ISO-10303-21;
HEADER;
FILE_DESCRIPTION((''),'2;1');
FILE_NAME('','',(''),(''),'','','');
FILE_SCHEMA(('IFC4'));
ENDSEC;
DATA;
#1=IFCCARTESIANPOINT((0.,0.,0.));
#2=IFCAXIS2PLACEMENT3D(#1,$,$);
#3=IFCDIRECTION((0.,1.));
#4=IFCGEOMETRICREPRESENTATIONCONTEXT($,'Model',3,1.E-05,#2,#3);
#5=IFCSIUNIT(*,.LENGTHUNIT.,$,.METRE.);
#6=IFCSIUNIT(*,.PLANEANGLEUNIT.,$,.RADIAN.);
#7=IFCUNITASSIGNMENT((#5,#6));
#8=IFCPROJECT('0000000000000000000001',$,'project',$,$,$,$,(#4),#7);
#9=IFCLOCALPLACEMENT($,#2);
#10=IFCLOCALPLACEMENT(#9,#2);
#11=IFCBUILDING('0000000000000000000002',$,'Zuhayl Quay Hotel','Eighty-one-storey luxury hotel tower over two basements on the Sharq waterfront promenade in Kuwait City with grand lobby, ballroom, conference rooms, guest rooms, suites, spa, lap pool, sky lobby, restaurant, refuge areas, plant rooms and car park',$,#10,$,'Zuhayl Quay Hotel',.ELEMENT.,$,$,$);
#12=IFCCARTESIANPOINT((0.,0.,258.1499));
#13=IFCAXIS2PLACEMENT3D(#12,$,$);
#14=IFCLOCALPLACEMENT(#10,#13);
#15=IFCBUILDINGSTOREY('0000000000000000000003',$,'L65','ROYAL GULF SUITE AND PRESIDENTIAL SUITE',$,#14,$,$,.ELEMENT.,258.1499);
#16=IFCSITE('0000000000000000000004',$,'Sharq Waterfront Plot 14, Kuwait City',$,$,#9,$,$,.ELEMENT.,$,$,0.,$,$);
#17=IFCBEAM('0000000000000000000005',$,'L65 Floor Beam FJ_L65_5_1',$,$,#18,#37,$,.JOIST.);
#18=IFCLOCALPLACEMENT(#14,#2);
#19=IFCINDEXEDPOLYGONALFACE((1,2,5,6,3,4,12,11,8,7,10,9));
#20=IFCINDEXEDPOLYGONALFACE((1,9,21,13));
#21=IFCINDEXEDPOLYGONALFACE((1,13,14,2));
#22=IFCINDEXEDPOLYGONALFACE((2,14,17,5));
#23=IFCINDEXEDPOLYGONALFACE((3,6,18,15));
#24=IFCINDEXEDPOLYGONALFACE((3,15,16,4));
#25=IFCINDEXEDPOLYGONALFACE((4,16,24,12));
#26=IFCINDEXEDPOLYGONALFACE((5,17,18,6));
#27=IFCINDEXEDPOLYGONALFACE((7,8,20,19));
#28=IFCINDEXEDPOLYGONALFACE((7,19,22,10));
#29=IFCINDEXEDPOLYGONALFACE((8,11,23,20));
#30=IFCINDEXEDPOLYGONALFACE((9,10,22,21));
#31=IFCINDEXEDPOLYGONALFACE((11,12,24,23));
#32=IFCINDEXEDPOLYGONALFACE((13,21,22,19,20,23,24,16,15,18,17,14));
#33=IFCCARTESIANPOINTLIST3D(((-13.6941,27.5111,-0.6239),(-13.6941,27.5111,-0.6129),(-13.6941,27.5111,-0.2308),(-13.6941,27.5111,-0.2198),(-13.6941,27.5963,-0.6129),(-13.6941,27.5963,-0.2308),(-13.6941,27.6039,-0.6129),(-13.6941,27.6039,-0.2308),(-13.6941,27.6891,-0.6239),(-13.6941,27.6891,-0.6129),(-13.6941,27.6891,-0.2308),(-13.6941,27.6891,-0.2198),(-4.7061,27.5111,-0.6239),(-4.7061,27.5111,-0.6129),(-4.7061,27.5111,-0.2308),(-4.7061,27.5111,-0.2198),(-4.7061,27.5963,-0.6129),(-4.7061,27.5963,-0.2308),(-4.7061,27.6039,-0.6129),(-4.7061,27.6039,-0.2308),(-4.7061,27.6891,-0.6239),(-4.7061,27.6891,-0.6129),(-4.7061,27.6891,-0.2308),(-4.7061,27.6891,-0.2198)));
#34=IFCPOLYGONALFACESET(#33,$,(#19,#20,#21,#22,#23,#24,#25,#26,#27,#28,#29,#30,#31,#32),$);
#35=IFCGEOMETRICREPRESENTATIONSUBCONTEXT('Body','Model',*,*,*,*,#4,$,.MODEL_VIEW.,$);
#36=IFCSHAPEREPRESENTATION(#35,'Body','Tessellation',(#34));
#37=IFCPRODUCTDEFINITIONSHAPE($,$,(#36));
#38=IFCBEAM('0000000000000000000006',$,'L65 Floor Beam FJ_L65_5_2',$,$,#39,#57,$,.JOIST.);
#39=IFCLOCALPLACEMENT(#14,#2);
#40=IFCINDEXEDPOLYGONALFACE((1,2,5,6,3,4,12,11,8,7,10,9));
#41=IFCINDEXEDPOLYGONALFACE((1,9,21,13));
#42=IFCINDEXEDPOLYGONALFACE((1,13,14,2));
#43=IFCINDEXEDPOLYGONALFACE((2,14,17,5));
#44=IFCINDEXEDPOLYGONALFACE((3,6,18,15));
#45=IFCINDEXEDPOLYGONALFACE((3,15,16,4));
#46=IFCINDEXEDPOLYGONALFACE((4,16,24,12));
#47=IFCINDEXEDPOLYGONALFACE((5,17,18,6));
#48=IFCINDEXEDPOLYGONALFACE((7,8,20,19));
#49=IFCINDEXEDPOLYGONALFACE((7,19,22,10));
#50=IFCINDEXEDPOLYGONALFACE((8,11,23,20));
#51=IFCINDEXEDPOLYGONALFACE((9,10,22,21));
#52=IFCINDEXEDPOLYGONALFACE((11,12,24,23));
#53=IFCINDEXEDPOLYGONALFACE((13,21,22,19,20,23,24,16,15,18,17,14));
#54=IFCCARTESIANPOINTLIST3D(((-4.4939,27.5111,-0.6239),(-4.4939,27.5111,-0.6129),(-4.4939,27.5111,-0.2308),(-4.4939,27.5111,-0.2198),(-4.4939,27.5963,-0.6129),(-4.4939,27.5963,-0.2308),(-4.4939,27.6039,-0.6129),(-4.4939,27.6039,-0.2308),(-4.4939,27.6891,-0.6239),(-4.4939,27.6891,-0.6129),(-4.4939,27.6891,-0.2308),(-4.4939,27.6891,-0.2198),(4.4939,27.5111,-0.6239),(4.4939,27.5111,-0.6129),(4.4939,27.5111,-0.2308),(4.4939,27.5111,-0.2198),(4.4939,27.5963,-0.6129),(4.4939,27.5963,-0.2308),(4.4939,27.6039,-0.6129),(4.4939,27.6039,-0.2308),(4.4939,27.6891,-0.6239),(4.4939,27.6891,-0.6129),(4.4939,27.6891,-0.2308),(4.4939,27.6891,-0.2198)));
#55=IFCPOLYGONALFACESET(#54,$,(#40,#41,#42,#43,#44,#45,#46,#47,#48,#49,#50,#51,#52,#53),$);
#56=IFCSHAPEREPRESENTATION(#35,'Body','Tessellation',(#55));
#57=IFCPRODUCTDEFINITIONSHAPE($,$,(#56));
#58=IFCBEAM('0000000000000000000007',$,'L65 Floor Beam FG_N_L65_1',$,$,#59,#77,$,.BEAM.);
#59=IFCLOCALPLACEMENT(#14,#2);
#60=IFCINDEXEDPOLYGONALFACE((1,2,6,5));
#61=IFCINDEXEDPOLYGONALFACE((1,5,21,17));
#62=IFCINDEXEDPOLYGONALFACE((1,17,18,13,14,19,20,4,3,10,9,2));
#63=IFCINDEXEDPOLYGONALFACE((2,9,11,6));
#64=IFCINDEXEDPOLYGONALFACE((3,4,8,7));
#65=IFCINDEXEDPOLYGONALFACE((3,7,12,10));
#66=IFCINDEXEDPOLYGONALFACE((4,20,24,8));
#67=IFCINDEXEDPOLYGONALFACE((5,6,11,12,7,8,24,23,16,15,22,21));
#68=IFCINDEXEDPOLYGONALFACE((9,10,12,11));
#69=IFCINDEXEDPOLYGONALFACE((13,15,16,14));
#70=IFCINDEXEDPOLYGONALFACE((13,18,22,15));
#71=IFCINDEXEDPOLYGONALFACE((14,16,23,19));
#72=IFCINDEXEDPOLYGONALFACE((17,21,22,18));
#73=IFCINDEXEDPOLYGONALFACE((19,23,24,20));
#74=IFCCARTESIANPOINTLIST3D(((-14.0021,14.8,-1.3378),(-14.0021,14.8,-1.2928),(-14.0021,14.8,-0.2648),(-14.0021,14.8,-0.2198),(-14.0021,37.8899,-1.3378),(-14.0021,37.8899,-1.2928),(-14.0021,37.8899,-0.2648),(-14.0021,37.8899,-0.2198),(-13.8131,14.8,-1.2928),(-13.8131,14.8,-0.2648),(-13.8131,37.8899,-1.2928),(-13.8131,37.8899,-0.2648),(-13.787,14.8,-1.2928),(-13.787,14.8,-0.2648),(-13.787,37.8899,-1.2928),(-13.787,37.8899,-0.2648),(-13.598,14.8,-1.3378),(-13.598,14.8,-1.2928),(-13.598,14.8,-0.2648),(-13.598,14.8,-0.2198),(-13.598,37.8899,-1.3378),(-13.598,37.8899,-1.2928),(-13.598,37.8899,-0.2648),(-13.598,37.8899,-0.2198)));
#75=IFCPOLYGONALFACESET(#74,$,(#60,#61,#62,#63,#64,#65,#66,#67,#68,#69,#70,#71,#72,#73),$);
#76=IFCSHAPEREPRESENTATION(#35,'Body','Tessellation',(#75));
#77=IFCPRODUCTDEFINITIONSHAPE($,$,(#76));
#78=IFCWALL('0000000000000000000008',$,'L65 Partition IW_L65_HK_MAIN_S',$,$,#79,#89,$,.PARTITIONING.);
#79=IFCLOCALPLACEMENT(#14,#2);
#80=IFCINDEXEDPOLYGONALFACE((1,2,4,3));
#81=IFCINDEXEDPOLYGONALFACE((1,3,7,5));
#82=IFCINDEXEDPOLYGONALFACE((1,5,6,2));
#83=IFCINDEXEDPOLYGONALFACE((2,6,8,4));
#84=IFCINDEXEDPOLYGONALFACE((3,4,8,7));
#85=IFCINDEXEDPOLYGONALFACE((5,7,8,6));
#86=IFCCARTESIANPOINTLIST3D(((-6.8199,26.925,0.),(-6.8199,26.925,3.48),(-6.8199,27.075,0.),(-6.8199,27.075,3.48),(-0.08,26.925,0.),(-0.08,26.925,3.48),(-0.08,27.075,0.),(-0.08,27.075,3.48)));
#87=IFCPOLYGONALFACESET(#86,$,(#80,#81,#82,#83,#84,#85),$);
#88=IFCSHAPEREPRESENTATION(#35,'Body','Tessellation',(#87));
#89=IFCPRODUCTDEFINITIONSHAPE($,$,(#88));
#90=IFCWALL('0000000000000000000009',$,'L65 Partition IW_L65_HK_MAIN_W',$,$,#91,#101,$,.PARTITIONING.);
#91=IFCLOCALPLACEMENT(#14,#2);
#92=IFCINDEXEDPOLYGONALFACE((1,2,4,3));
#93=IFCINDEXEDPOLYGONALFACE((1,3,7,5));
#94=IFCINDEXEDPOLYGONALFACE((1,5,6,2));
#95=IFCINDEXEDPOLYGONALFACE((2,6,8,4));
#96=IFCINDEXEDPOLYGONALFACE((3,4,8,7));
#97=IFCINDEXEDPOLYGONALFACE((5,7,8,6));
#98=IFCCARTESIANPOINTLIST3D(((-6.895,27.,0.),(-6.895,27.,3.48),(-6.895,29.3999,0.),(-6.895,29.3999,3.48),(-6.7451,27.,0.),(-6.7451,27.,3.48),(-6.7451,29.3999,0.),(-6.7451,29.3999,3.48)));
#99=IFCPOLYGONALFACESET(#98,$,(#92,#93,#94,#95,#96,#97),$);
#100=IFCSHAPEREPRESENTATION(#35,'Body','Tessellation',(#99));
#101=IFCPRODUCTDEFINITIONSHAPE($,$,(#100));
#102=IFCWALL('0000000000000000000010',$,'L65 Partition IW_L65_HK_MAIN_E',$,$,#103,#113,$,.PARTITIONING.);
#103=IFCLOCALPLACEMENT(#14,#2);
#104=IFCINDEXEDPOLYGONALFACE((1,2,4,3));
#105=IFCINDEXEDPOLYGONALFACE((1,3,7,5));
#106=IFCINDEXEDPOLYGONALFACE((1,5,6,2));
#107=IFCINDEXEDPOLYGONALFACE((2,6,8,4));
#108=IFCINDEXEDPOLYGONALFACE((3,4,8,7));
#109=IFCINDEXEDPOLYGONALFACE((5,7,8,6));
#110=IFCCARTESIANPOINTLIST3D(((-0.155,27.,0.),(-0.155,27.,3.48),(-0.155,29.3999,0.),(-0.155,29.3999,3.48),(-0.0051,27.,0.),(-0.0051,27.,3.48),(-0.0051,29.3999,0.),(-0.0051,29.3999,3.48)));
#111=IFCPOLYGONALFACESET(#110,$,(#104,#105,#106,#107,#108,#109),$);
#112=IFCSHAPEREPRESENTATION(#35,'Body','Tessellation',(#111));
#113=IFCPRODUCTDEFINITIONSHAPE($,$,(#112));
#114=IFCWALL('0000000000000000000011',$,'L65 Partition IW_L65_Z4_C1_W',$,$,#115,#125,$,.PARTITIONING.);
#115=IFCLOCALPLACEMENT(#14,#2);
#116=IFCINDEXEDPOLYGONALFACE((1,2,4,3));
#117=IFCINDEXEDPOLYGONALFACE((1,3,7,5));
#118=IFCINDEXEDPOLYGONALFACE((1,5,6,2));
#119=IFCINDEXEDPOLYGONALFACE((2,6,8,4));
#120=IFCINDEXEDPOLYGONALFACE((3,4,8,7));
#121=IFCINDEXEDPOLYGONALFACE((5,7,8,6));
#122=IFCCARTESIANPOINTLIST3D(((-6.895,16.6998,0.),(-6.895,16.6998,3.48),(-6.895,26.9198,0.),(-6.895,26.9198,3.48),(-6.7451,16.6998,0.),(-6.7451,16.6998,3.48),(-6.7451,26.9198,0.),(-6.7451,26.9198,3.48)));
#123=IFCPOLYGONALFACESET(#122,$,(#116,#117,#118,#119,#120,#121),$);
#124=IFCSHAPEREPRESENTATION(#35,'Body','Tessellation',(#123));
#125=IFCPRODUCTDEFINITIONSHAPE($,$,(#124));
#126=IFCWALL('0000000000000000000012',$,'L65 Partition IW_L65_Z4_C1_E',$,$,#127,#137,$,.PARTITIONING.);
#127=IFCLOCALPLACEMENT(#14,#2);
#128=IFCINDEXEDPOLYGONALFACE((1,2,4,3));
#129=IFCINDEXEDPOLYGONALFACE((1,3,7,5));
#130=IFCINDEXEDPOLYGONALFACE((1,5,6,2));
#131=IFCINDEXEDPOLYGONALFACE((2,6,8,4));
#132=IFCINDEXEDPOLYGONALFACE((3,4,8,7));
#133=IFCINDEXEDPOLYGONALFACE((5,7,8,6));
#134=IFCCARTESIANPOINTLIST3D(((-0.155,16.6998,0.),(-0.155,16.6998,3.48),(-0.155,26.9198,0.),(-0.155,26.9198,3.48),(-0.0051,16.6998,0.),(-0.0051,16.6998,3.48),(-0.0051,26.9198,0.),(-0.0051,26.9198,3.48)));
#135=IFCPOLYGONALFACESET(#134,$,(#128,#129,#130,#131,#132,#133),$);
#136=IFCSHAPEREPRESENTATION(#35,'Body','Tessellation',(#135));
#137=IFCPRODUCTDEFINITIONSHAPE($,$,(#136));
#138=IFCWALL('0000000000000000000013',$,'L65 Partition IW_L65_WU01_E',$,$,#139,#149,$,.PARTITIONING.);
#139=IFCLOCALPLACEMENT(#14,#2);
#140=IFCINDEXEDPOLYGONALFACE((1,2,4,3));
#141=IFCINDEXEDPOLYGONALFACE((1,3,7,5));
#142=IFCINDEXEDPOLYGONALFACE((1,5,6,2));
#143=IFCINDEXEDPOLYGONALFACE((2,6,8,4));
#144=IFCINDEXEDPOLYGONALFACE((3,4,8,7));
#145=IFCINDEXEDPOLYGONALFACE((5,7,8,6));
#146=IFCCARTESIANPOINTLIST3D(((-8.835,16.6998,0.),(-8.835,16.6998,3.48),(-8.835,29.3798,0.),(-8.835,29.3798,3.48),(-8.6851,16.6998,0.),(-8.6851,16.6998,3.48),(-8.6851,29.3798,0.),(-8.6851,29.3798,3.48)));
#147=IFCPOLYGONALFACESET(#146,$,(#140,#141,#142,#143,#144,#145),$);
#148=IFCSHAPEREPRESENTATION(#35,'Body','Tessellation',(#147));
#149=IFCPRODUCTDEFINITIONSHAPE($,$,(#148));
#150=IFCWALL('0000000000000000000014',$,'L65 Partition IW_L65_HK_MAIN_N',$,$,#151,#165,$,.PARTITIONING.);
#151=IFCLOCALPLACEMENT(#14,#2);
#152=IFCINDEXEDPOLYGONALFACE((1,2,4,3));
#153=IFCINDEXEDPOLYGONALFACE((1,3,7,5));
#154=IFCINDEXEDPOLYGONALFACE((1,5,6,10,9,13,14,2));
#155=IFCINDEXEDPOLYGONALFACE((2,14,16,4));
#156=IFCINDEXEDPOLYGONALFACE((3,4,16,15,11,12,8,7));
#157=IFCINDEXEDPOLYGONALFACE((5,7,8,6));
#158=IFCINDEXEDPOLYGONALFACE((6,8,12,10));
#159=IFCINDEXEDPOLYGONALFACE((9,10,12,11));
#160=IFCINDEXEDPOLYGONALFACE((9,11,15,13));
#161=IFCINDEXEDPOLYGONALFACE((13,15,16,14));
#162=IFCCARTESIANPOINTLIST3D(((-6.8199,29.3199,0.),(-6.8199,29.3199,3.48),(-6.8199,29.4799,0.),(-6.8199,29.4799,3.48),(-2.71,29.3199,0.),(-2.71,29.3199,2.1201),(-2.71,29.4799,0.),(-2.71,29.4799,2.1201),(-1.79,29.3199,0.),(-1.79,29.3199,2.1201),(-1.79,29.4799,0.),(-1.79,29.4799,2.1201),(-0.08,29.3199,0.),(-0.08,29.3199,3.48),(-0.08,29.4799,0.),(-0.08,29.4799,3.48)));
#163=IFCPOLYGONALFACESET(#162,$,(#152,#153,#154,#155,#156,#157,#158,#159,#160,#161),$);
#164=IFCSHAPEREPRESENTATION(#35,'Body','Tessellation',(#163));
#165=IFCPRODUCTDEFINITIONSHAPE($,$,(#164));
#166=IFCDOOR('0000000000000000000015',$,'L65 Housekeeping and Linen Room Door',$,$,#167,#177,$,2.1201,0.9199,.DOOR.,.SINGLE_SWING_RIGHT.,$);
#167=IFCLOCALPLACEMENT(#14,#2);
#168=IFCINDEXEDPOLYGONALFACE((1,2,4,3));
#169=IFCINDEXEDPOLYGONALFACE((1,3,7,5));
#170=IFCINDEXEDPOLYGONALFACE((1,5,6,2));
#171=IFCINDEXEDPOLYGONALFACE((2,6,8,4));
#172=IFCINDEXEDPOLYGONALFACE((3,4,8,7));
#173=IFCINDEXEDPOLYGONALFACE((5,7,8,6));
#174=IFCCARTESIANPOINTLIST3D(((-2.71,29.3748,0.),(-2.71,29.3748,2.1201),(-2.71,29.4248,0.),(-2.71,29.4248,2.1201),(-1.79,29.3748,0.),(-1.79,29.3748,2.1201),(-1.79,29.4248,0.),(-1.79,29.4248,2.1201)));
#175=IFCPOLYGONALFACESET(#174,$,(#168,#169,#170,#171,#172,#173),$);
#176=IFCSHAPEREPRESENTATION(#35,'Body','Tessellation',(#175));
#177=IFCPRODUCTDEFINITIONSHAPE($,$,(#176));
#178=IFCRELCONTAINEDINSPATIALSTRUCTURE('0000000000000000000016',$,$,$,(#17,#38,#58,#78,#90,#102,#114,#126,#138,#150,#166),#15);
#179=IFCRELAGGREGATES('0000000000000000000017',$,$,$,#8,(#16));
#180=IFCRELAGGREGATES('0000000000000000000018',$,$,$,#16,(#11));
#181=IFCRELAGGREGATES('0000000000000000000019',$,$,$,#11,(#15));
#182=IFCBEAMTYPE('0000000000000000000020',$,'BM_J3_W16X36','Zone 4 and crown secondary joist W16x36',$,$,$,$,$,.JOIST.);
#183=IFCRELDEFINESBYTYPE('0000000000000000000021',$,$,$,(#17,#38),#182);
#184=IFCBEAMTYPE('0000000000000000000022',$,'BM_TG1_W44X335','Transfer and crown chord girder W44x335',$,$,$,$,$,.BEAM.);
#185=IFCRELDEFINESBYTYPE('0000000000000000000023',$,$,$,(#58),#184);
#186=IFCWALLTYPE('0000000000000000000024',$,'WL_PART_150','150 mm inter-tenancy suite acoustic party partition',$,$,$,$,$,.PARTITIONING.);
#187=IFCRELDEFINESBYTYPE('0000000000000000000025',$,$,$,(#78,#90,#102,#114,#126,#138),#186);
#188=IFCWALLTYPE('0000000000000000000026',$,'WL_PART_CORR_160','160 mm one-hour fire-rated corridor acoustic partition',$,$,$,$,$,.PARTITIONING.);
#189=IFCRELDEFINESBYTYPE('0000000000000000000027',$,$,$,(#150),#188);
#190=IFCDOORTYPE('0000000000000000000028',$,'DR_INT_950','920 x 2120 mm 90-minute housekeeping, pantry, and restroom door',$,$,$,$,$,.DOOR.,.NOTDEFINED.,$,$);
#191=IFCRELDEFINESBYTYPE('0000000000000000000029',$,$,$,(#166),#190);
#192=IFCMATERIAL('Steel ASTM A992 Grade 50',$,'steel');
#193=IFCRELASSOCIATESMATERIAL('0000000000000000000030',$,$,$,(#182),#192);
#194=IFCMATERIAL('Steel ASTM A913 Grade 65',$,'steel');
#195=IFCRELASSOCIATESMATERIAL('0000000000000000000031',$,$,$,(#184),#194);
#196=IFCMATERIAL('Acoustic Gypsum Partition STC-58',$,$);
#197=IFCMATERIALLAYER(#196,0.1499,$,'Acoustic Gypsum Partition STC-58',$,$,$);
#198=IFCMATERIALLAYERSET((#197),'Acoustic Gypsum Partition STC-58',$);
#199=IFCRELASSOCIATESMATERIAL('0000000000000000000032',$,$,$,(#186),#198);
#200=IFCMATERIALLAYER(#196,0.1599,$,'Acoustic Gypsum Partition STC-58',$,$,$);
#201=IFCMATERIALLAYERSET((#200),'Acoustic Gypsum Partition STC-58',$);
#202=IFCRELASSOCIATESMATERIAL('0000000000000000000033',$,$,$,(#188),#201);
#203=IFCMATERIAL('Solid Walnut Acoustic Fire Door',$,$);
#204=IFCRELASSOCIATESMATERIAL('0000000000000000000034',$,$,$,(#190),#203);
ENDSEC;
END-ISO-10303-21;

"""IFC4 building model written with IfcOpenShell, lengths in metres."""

from ifc_helpers import new_model, si_unit, direction, frame, frame_2d, origin, origin_2d, place, context, subcontext, project, spatial, rectangle, i_section, extrude, material, layer, layer_set, material_profile, profile_set, type_object, element, fill, save


model = new_model("IFC4")

# Units and contexts
model_context = context("Model", 3, precision=1e-05, world=origin(), true_north=direction((0.0, 1.0)))
body_context = subcontext(model_context, "Body", "Model", "MODEL_VIEW")
ifc_project = project(units=[si_unit("LENGTHUNIT", "METRE"), si_unit("PLANEANGLEUNIT", "RADIAN")], contexts=[model_context])

# Site, building, storey
site_placement = place(None, origin())
site = spatial("IfcSite", under=ifc_project, at=site_placement, Name="Sharq Waterfront Plot 14, Kuwait City", CompositionType="ELEMENT", RefElevation=0.0)
building_placement = place(site_placement, origin())
building = spatial("IfcBuilding", under=site, at=building_placement, Name="Zuhayl Quay Hotel", Description="Eighty-one-storey luxury hotel tower over two basements on the Sharq waterfront promenade in Kuwait City with grand lobby, ballroom, conference rooms, guest rooms, suites, spa, lap pool, sky lobby, restaurant, refuge areas, plant rooms and car park", LongName="Zuhayl Quay Hotel", CompositionType="ELEMENT")
storey_placement = place(building_placement, frame((0.0, 0.0, 258.1499)))
storey = spatial("IfcBuildingStorey", under=building, at=storey_placement, Name="L65", Description="ROYAL GULF SUITE AND PRESIDENTIAL SUITE", CompositionType="ELEMENT", Elevation=258.1499)

# Beams
ifc_material_1 = material(Name="Steel ASTM A992 Grade 50", Category="steel")
ifc_material_profile_1 = material_profile(ifc_material_1, i_section(OverallWidth=0.178, OverallDepth=0.4041, WebThickness=0.0076, FlangeThickness=0.011, at=origin_2d()), Name="W16X36")
ifc_profile_set_1 = profile_set([ifc_material_profile_1], Name="Steel ASTM A992 Grade 50")
beam_type_1 = type_object("IfcBeamType", Name="BM_J3_W16X36", Description="Zone 4 and crown secondary joist W16x36", PredefinedType="JOIST", material=ifc_profile_set_1)
beam_1_placement = place(storey_placement, frame((-13.6941, 27.6001, -0.4219), z_axis=(1.0, 0.0, 0.0), x_axis=(0.0, 1.0, 0.0)))
element("IfcBeam", 1, at=beam_1_placement, inside=storey, type_object=beam_type_1, Name="L65 Floor Beam FJ_L65_5_1", PredefinedType="JOIST", context=body_context, shape_type="SweptSolid", body=[
    extrude(i_section(OverallWidth=0.178, OverallDepth=0.4041, WebThickness=0.0076, FlangeThickness=0.011, at=origin_2d()), origin(), (0.0, 0.0, 1.0), 8.988),
])
beam_2_placement = place(storey_placement, frame((-4.4939, 27.6001, -0.4219), z_axis=(1.0, 0.0, 0.0), x_axis=(0.0, 1.0, 0.0)))
element("IfcBeam", 2, at=beam_2_placement, inside=storey, type_object=beam_type_1, Name="L65 Floor Beam FJ_L65_5_2", PredefinedType="JOIST", context=body_context, shape_type="SweptSolid", body=[
    extrude(i_section(OverallWidth=0.178, OverallDepth=0.4041, WebThickness=0.0076, FlangeThickness=0.011, at=origin_2d()), origin(), (0.0, 0.0, 1.0), 8.9878),
])
ifc_material_2 = material(Name="Steel ASTM A913 Grade 65", Category="steel")
ifc_material_profile_2 = material_profile(ifc_material_2, i_section(OverallWidth=0.4041, OverallDepth=1.1179, WebThickness=0.0261, FlangeThickness=0.0449, at=origin_2d()), Name="W44X335")
ifc_profile_set_2 = profile_set([ifc_material_profile_2], Name="Steel ASTM A913 Grade 65")
beam_type_2 = type_object("IfcBeamType", Name="BM_TG1_W44X335", Description="Transfer and crown chord girder W44x335", PredefinedType="BEAM", material=ifc_profile_set_2)
beam_3_placement = place(storey_placement, frame((-13.8, 14.8, -0.7788), z_axis=(0.0, 1.0, 0.0), x_axis=(-1.0, 0.0, 0.0)))
element("IfcBeam", 3, at=beam_3_placement, inside=storey, type_object=beam_type_2, Name="L65 Floor Beam FG_N_L65_1", PredefinedType="BEAM", context=body_context, shape_type="SweptSolid", body=[
    extrude(i_section(OverallWidth=0.4041, OverallDepth=1.1179, WebThickness=0.0261, FlangeThickness=0.0449, at=origin_2d()), origin(), (0.0, 0.0, 1.0), 23.0898),
])

# Walls
ifc_material_3 = material(Name="Acoustic Gypsum Partition STC-58")
ifc_layer_1 = layer(ifc_material_3, 0.1499, Name="Acoustic Gypsum Partition STC-58")
ifc_layer_set_1 = layer_set([ifc_layer_1], Name="Acoustic Gypsum Partition STC-58")
wall_type_1 = type_object("IfcWallType", Name="WL_PART_150", Description="150 mm inter-tenancy suite acoustic party partition", PredefinedType="PARTITIONING", material=ifc_layer_set_1)
wall_1_placement = place(storey_placement, frame((-6.8201, 27.0, 0.0), z_axis=(0.0, 0.0, 1.0), x_axis=(1.0, 0.0, 0.0)))
element("IfcWall", 4, at=wall_1_placement, inside=storey, type_object=wall_type_1, Name="L65 Partition IW_L65_HK_MAIN_S", PredefinedType="PARTITIONING", context=body_context, shape_type="SweptSolid", body=[
    extrude(rectangle(XDim=6.74, YDim=0.1499, at=frame_2d((3.3701, 0.0))), origin(), (0.0, 0.0, 1.0), 3.48),
])
for number, where, z_axis, x_axis, name in (
    (5, (-6.8201, 27.0, 0.0), (0.0, 0.0, 1.0), (0.0, 1.0, 0.0), "L65 Partition IW_L65_HK_MAIN_W"),
    (6, (-0.0801, 27.0, 0.0), (0.0, 0.0, 1.0), (0.0, 1.0, 0.0), "L65 Partition IW_L65_HK_MAIN_E"),
):
    element("IfcWall", number, at=place(storey_placement, frame(where, z_axis=z_axis, x_axis=x_axis)), inside=storey, type_object=wall_type_1, Name=name, PredefinedType="PARTITIONING", context=body_context, shape_type="SweptSolid", body=[
        extrude(rectangle(XDim=2.3999, YDim=0.1499, at=frame_2d((1.2, 0.0))), origin(), (0.0, 0.0, 1.0), 3.48),
    ])
for number, where, z_axis, x_axis, name in (
    (7, (-6.8201, 16.7, 0.0), (0.0, 0.0, 1.0), (0.0, 1.0, 0.0), "L65 Partition IW_L65_Z4_C1_W"),
    (8, (-0.0801, 16.7, 0.0), (0.0, 0.0, 1.0), (0.0, 1.0, 0.0), "L65 Partition IW_L65_Z4_C1_E"),
):
    element("IfcWall", number, at=place(storey_placement, frame(where, z_axis=z_axis, x_axis=x_axis)), inside=storey, type_object=wall_type_1, Name=name, PredefinedType="PARTITIONING", context=body_context, shape_type="SweptSolid", body=[
        extrude(rectangle(XDim=10.22, YDim=0.1499, at=frame_2d((5.1099, 0.0))), origin(), (0.0, 0.0, 1.0), 3.48),
    ])
wall_2_placement = place(storey_placement, frame((-8.76, 16.7, 0.0), z_axis=(0.0, 0.0, 1.0), x_axis=(0.0, 1.0, 0.0)))
element("IfcWall", 9, at=wall_2_placement, inside=storey, type_object=wall_type_1, Name="L65 Partition IW_L65_WU01_E", PredefinedType="PARTITIONING", context=body_context, shape_type="SweptSolid", body=[
    extrude(rectangle(XDim=12.6799, YDim=0.1499, at=frame_2d((6.3398, 0.0))), origin(), (0.0, 0.0, 1.0), 3.48),
])

# Wall, opening, door
ifc_layer_2 = layer(ifc_material_3, 0.1599, Name="Acoustic Gypsum Partition STC-58")
ifc_layer_set_2 = layer_set([ifc_layer_2], Name="Acoustic Gypsum Partition STC-58")
wall_type_2 = type_object("IfcWallType", Name="WL_PART_CORR_160", Description="160 mm one-hour fire-rated corridor acoustic partition", PredefinedType="PARTITIONING", material=ifc_layer_set_2)
wall_3_placement = place(storey_placement, frame((-6.8201, 29.3999, 0.0), z_axis=(0.0, 0.0, 1.0), x_axis=(1.0, 0.0, 0.0)))
wall_3 = element("IfcWall", 10, at=wall_3_placement, inside=storey, type_object=wall_type_2, Name="L65 Partition IW_L65_HK_MAIN_N", PredefinedType="PARTITIONING", context=body_context, shape_type="SweptSolid", body=[
    extrude(rectangle(XDim=6.74, YDim=0.1599, at=frame_2d((3.3701, 0.0))), origin(), (0.0, 0.0, 1.0), 3.48),
])
opening_1_placement = place(wall_3_placement, frame((4.1101, 0.0, 0.0)))
opening_1 = element("IfcOpeningElement", 11, at=opening_1_placement, cuts=wall_3, PredefinedType="OPENING", context=body_context, shape_type="SweptSolid", body=[
    extrude(rectangle(XDim=0.9199, YDim=2.1201, at=frame_2d((0.46, 1.0601))), frame((0.0, 0.0898, 0.0), z_axis=(0.0, -1.0, 0.0), x_axis=(1.0, 0.0, 0.0)), (0.0, 0.0, 1.0), 0.1799),
])
ifc_material_4 = material(Name="Solid Walnut Acoustic Fire Door")
door_type_1 = type_object("IfcDoorType", Name="DR_INT_950", Description="920 x 2120 mm 90-minute housekeeping, pantry, and restroom door", OperationType="NOTDEFINED", PredefinedType="DOOR", material=ifc_material_4)
door_1_placement = place(opening_1_placement, origin())
door_1 = element("IfcDoor", 12, at=door_1_placement, inside=storey, type_object=door_type_1, Name="L65 Housekeeping and Linen Room Door", OperationType="SINGLE_SWING_RIGHT", OverallHeight=2.1201, OverallWidth=0.9199, PredefinedType="DOOR", context=body_context, shape_type="SweptSolid", body=[
    extrude(rectangle(XDim=0.9199, YDim=2.1201, at=frame_2d((0.46, 1.0601))), frame((0.0, 0.0249, 0.0), z_axis=(0.0, -1.0, 0.0), x_axis=(1.0, 0.0, 0.0)), (0.0, 0.0, 1.0), 0.05),
])
fill(opening_1, door_1)

save(model, "model.ifc")
